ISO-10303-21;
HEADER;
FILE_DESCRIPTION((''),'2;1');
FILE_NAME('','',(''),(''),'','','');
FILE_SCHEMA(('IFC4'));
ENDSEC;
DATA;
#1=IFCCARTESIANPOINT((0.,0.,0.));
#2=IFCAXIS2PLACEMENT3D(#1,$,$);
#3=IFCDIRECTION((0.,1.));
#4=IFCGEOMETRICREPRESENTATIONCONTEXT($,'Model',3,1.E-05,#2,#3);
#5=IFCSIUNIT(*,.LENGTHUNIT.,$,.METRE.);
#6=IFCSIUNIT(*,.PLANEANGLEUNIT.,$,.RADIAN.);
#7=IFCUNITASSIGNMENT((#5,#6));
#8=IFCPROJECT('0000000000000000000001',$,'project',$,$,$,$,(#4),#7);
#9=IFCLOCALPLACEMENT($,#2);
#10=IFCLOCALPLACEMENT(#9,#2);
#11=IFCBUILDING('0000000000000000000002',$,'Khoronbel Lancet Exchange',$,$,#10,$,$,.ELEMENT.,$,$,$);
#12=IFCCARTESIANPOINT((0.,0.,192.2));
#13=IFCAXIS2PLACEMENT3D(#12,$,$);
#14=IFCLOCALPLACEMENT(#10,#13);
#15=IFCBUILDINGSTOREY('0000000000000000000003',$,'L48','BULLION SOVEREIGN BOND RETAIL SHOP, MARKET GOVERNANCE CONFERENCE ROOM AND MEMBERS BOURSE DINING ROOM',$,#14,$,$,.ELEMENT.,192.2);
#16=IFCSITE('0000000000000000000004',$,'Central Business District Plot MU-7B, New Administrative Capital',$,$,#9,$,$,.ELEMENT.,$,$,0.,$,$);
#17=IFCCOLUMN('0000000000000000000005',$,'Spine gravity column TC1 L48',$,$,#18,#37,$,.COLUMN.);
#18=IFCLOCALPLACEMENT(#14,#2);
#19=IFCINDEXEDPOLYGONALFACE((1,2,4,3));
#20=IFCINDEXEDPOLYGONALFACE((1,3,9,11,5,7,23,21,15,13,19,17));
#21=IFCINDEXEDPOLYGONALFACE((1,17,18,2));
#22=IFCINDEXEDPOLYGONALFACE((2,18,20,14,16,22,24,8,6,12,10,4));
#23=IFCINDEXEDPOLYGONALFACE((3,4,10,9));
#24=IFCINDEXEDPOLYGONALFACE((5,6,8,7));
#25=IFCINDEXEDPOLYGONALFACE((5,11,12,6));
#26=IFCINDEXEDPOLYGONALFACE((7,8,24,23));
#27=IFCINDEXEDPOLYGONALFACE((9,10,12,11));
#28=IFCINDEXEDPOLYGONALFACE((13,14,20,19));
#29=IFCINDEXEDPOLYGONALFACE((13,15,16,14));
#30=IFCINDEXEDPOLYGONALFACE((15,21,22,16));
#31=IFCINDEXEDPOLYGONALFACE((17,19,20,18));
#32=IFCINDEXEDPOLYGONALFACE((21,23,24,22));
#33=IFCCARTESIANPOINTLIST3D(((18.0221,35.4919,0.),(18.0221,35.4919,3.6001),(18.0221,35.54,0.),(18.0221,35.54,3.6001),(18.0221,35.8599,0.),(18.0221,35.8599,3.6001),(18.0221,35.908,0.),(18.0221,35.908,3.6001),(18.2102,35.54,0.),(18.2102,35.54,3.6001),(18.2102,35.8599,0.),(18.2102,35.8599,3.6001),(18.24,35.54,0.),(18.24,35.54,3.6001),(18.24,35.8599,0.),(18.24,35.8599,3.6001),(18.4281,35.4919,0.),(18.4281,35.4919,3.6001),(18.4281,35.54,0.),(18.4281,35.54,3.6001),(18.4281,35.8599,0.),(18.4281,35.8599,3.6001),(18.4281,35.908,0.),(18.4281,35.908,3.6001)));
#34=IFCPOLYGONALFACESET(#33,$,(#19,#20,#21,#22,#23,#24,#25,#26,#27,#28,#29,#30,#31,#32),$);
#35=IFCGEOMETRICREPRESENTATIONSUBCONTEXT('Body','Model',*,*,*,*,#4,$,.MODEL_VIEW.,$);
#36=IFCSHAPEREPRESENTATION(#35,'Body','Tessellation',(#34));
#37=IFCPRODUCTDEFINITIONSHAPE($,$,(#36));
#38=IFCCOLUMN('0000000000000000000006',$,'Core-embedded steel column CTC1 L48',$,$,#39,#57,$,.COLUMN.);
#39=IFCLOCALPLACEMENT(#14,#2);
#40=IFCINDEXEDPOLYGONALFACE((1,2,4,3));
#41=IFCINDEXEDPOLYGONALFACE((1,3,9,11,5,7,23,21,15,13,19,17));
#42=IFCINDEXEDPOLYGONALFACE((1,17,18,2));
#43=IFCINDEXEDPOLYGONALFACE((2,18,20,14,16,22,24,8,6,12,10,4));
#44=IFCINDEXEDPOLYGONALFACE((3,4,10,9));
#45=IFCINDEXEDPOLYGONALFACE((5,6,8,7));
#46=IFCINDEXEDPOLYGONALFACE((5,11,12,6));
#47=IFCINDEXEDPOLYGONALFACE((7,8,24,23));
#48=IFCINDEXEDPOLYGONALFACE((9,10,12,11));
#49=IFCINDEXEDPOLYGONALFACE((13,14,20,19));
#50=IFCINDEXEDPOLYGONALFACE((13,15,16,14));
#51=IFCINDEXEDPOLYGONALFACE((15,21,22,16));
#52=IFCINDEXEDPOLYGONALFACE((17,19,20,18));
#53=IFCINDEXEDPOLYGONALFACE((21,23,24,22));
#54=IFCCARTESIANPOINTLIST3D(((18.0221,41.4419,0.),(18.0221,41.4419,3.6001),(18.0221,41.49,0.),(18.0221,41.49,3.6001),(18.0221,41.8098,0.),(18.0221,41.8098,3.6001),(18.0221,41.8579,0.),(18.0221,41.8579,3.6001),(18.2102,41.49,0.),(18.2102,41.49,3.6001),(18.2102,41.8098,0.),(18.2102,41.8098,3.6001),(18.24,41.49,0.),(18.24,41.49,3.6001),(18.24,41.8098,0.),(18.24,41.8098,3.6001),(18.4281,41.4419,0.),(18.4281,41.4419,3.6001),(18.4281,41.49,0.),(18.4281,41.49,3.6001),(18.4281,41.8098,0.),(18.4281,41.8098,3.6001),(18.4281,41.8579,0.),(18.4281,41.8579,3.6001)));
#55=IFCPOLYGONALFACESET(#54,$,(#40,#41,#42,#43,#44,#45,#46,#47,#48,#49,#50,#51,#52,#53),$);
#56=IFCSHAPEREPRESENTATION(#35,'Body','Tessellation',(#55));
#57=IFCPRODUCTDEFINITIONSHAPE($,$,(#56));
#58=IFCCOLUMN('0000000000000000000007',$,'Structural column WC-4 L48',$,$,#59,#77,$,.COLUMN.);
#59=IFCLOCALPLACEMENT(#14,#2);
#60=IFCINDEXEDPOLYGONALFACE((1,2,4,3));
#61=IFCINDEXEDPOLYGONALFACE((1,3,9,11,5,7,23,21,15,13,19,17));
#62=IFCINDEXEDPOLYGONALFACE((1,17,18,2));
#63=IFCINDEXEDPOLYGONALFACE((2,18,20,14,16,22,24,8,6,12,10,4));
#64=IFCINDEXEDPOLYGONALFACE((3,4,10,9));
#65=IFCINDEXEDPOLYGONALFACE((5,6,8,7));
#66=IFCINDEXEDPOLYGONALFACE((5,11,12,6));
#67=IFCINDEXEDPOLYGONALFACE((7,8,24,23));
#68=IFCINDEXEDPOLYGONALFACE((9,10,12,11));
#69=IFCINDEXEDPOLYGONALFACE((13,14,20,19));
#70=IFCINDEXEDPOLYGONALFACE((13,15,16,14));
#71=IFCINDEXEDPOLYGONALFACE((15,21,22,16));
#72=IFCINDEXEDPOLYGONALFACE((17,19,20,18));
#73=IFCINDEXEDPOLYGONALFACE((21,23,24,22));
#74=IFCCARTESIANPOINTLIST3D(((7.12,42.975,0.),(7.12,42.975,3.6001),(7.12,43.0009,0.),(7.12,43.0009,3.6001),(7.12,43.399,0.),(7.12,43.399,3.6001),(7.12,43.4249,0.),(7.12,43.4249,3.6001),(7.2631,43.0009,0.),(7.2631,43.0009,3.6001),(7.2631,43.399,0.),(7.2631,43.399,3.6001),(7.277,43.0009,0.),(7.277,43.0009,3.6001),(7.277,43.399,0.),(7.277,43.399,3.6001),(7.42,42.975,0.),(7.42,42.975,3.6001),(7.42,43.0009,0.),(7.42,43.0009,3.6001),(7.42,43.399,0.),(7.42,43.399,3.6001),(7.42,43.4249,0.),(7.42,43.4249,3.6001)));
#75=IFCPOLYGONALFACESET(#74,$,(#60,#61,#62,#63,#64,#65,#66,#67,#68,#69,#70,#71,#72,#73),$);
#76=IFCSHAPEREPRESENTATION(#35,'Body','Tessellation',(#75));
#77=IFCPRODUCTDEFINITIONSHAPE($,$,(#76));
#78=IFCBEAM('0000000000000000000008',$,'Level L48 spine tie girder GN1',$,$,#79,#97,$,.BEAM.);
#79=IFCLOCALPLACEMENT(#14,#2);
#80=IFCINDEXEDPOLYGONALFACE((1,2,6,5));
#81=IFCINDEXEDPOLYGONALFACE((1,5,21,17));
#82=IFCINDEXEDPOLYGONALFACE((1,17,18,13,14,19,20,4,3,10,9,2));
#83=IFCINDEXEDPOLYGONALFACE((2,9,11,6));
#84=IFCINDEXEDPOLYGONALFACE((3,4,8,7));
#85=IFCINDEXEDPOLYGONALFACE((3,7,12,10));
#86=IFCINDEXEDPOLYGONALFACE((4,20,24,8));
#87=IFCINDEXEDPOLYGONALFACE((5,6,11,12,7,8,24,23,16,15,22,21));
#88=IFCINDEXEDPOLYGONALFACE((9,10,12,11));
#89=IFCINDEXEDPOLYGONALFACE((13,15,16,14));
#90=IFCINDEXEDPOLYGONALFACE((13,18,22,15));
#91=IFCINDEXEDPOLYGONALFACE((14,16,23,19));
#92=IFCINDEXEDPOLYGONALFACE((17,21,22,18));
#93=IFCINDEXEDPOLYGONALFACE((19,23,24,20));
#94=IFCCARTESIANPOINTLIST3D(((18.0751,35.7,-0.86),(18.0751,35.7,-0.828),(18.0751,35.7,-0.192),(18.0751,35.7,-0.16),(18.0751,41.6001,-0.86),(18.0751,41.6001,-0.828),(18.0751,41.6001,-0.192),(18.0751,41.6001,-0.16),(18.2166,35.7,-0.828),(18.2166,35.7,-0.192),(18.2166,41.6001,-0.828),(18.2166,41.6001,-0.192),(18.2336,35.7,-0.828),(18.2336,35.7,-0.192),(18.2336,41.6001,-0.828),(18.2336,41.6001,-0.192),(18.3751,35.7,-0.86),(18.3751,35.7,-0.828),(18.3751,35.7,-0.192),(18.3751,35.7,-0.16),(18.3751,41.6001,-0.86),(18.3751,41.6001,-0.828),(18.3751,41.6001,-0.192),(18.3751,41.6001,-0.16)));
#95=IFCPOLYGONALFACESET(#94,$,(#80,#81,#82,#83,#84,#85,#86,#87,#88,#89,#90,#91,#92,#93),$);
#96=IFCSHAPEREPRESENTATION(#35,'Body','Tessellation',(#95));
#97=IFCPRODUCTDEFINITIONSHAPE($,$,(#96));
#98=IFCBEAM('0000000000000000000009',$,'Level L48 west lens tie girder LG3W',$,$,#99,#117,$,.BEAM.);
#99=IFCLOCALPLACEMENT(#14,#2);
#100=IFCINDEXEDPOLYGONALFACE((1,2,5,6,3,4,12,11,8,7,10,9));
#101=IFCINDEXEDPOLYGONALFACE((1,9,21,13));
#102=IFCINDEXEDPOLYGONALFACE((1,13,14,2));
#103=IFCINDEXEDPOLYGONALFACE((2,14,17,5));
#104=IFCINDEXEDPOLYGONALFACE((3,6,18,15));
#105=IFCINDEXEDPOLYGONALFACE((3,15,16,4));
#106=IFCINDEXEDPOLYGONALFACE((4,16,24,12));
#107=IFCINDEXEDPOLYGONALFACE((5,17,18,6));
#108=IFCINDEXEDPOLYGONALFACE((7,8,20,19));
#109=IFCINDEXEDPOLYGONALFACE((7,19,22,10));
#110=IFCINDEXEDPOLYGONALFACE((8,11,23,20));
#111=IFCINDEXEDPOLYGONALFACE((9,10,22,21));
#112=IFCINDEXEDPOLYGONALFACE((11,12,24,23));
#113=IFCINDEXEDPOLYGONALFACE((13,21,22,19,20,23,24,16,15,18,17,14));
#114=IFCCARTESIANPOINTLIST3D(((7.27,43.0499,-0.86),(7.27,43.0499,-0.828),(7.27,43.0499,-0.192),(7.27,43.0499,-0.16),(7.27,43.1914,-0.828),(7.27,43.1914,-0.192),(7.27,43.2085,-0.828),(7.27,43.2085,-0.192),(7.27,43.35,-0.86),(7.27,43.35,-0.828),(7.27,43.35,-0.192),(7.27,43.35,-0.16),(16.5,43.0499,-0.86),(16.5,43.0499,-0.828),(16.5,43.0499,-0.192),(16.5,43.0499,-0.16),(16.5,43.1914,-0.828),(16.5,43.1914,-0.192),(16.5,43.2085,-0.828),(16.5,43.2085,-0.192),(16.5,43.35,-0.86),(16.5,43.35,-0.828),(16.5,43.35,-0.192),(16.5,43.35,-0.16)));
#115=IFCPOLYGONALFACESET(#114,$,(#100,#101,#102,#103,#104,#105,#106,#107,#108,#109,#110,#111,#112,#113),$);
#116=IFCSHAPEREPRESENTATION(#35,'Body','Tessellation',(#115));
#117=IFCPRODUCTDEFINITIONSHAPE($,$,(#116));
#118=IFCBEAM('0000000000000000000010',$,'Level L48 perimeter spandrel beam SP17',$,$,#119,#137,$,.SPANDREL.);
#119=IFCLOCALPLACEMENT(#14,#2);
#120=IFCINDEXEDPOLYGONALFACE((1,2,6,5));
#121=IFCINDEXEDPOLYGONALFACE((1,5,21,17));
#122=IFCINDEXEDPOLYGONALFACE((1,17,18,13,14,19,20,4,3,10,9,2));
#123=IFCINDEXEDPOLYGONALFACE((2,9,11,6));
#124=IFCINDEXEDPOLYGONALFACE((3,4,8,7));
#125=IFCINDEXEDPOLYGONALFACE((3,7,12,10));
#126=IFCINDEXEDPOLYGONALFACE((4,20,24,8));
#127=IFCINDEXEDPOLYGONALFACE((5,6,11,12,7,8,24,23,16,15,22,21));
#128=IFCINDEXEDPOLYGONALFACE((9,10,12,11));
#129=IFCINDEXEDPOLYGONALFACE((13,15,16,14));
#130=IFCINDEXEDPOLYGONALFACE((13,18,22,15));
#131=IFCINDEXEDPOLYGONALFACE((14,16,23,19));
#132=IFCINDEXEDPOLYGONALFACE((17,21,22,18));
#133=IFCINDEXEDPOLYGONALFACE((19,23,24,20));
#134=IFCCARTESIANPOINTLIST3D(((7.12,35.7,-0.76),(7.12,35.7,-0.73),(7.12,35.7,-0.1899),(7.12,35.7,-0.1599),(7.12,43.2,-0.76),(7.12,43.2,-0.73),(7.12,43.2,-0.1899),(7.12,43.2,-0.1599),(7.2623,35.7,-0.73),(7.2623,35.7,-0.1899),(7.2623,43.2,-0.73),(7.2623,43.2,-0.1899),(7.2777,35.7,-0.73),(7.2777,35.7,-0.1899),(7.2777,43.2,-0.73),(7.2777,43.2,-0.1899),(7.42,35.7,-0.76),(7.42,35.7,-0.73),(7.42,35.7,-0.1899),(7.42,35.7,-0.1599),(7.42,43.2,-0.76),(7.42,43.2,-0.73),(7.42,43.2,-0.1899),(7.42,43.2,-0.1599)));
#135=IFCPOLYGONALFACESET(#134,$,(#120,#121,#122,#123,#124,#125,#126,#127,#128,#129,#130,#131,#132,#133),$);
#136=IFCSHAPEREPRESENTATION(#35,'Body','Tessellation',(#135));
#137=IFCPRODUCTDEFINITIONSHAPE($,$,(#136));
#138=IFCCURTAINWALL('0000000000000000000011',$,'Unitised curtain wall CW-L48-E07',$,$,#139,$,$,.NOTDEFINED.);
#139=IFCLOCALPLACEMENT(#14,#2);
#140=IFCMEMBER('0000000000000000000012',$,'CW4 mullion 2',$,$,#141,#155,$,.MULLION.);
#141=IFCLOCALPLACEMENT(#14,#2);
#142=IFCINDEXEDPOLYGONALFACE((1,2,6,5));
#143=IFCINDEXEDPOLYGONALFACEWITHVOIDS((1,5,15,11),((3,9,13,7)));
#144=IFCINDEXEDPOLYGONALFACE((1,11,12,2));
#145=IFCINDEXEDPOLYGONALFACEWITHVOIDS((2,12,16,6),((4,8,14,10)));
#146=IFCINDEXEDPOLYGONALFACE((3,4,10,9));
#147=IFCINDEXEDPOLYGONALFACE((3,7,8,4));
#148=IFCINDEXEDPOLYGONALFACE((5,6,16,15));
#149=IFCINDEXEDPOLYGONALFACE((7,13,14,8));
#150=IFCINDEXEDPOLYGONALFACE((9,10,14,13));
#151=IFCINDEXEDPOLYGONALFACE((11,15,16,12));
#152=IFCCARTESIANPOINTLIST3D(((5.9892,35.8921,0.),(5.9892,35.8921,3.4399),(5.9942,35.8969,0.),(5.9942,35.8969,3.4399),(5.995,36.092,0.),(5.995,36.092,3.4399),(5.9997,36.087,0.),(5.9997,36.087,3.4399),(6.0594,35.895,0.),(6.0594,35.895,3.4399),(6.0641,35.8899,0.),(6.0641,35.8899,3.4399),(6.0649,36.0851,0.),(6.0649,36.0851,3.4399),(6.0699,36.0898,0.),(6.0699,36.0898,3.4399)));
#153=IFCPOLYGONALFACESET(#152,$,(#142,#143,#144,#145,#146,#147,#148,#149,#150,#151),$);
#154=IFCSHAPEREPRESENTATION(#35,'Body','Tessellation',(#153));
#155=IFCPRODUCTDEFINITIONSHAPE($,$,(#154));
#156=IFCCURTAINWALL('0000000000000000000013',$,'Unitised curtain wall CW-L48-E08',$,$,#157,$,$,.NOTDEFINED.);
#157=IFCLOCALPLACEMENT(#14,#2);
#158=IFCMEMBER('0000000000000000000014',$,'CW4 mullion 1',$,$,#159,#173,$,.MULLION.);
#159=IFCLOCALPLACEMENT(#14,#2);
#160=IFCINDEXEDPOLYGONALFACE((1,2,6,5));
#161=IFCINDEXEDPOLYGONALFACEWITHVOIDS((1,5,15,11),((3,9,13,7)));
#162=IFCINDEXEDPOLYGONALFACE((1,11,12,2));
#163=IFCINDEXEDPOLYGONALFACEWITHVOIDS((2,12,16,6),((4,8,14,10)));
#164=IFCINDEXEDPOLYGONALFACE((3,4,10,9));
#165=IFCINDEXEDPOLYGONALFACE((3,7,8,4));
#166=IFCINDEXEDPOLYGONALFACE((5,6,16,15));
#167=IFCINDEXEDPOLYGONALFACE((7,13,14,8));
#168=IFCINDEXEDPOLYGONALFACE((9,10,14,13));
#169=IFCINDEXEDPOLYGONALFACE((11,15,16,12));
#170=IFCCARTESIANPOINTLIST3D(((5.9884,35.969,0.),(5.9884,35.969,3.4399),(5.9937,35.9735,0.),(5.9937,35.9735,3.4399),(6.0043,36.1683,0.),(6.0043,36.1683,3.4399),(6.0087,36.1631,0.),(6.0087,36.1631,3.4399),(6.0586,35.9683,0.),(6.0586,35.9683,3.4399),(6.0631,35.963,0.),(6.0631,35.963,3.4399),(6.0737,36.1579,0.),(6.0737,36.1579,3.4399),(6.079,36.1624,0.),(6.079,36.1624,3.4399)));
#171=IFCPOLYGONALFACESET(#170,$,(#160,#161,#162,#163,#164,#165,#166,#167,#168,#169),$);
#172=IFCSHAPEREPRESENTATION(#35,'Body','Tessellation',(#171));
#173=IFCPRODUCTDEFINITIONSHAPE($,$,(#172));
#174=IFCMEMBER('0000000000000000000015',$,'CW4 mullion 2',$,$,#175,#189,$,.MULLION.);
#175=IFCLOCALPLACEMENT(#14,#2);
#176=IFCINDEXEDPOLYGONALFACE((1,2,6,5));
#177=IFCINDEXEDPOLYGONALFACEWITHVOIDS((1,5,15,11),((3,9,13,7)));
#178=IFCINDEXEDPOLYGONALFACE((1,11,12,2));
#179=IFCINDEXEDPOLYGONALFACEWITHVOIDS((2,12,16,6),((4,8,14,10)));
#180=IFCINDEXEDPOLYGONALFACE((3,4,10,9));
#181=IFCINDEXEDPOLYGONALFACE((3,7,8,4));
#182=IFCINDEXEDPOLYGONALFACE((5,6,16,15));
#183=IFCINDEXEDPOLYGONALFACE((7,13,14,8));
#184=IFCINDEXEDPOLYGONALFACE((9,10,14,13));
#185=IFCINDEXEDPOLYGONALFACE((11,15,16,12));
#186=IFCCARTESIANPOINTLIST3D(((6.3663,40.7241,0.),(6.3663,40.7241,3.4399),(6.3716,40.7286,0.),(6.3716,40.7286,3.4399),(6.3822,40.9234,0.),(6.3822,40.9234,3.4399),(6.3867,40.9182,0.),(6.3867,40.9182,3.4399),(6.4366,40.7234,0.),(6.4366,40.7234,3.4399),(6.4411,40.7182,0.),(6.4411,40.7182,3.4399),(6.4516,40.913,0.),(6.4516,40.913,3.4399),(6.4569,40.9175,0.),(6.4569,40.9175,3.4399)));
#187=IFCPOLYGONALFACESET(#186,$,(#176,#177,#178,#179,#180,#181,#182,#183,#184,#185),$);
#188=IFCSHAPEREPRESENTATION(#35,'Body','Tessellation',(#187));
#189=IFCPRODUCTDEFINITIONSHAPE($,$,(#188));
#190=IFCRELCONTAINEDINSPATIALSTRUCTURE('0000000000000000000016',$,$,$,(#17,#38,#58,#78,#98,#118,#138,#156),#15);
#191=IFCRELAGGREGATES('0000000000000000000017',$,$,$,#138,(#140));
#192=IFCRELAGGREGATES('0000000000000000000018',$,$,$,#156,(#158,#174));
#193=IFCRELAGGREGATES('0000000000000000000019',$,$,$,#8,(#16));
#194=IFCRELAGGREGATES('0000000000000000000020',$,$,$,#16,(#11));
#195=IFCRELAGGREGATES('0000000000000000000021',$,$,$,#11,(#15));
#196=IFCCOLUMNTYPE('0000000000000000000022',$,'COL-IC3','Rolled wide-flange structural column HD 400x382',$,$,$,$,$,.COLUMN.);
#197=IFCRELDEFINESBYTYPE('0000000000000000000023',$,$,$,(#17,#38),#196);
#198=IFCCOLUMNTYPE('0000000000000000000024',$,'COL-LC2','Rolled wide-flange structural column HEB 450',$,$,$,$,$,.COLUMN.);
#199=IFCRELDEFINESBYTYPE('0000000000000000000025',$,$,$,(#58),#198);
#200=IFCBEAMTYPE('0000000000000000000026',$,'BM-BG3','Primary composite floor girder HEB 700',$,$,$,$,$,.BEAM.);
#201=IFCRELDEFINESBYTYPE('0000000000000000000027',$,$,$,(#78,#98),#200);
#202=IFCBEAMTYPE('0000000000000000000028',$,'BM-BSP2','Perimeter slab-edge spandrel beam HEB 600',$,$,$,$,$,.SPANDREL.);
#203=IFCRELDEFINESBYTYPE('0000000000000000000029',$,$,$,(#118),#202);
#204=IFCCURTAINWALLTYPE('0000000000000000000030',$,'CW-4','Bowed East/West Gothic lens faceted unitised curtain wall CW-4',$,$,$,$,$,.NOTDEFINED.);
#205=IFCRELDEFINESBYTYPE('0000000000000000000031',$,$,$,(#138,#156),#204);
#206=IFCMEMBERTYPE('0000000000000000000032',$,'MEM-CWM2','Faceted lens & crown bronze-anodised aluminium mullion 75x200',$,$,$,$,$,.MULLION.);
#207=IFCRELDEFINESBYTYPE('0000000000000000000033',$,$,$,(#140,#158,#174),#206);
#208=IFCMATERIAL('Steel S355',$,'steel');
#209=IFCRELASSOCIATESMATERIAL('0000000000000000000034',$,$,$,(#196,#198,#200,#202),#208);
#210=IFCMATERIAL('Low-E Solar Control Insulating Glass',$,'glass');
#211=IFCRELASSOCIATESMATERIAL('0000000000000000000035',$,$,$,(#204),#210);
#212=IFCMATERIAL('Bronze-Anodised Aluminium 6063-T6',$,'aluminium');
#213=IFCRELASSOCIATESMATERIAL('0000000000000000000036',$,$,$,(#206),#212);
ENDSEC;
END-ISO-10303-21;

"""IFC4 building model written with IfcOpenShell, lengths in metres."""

from ifc_helpers import new_model, si_unit, direction, frame, origin, origin_2d, place, context, subcontext, project, spatial, hollow_rectangle, i_section, extrude, material, material_profile, profile_set, type_object, element, aggregate, save


model = new_model("IFC4")

# Units and contexts
model_context = context("Model", 3, precision=1e-05, world=origin(), true_north=direction((0.0, 1.0)))
body_context = subcontext(model_context, "Body", "Model", "MODEL_VIEW")
ifc_project = project(units=[si_unit("LENGTHUNIT", "METRE"), si_unit("PLANEANGLEUNIT", "RADIAN")], contexts=[model_context])

# Site, building, storey
site_placement = place(None, origin())
site = spatial("IfcSite", under=ifc_project, at=site_placement, Name="Central Business District Plot MU-7B, New Administrative Capital", CompositionType="ELEMENT", RefElevation=0.0)
building_placement = place(site_placement, origin())
building = spatial("IfcBuilding", under=site, at=building_placement, Name="Khoronbel Lancet Exchange", CompositionType="ELEMENT")
storey_placement = place(building_placement, frame((0.0, 0.0, 192.2)))
storey = spatial("IfcBuildingStorey", under=building, at=storey_placement, Name="L48", Description="BULLION SOVEREIGN BOND RETAIL SHOP, MARKET GOVERNANCE CONFERENCE ROOM AND MEMBERS BOURSE DINING ROOM", CompositionType="ELEMENT", Elevation=192.2)

# Columns
ifc_material_1 = material(Name="Steel S355", Category="steel")
ifc_material_profile_1 = material_profile(ifc_material_1, i_section(OverallWidth=0.406, OverallDepth=0.416, WebThickness=0.0298, FlangeThickness=0.0481, at=origin_2d()), Name="HD 400x382")
ifc_profile_set_1 = profile_set([ifc_material_profile_1], Name="Steel S355")
column_type_1 = type_object("IfcColumnType", Name="COL-IC3", Description="Rolled wide-flange structural column HD 400x382", PredefinedType="COLUMN", material=ifc_profile_set_1)
for number, where, z_axis, x_axis, name in (
    (1, (18.2251, 35.7, 0.0), (0.0, 0.0, 1.0), (1.0, 0.0, 0.0), "Spine gravity column TC1 L48"),
    (2, (18.2251, 41.6499, 0.0), (0.0, 0.0, 1.0), (1.0, 0.0, 0.0), "Core-embedded steel column CTC1 L48"),
):
    element("IfcColumn", number, at=place(storey_placement, frame(where, z_axis=z_axis, x_axis=x_axis)), inside=storey, type_object=column_type_1, Name=name, PredefinedType="COLUMN", context=body_context, shape_type="SweptSolid", body=[
        extrude(i_section(OverallWidth=0.406, OverallDepth=0.416, WebThickness=0.0298, FlangeThickness=0.0481, at=origin_2d()), origin(), (0.0, 0.0, 1.0), 3.6001),
    ])
ifc_material_profile_2 = material_profile(ifc_material_1, i_section(OverallWidth=0.3, OverallDepth=0.45, WebThickness=0.0139, FlangeThickness=0.0259, at=origin_2d()), Name="HEB 450")
ifc_profile_set_2 = profile_set([ifc_material_profile_2], Name="Steel S355")
column_type_2 = type_object("IfcColumnType", Name="COL-LC2", Description="Rolled wide-flange structural column HEB 450", PredefinedType="COLUMN", material=ifc_profile_set_2)
column_placement = place(storey_placement, frame((7.27, 43.2, 0.0), z_axis=(0.0, 0.0, 1.0), x_axis=(1.0, 0.0, 0.0)))
element("IfcColumn", 3, at=column_placement, inside=storey, type_object=column_type_2, Name="Structural column WC-4 L48", PredefinedType="COLUMN", context=body_context, shape_type="SweptSolid", body=[
    extrude(i_section(OverallWidth=0.3, OverallDepth=0.45, WebThickness=0.0139, FlangeThickness=0.0259, at=origin_2d()), origin(), (0.0, 0.0, 1.0), 3.6001),
])

# Beams
ifc_material_profile_3 = material_profile(ifc_material_1, i_section(OverallWidth=0.3, OverallDepth=0.7, WebThickness=0.0171, FlangeThickness=0.032, at=origin_2d()), Name="HEB 700")
ifc_profile_set_3 = profile_set([ifc_material_profile_3], Name="Steel S355")
beam_type_1 = type_object("IfcBeamType", Name="BM-BG3", Description="Primary composite floor girder HEB 700", PredefinedType="BEAM", material=ifc_profile_set_3)
beam_1_placement = place(storey_placement, frame((18.2251, 35.7, -0.51), z_axis=(0.0, 1.0, 0.0), x_axis=(-1.0, 0.0, 0.0)))
element("IfcBeam", 4, at=beam_1_placement, inside=storey, type_object=beam_type_1, Name="Level L48 spine tie girder GN1", PredefinedType="BEAM", context=body_context, shape_type="SweptSolid", body=[
    extrude(i_section(OverallWidth=0.3, OverallDepth=0.7, WebThickness=0.0171, FlangeThickness=0.032, at=origin_2d()), origin(), (0.0, 0.0, 1.0), 5.9001),
])
beam_2_placement = place(storey_placement, frame((7.27, 43.2, -0.51), z_axis=(1.0, 0.0, 0.0), x_axis=(0.0, 1.0, 0.0)))
element("IfcBeam", 5, at=beam_2_placement, inside=storey, type_object=beam_type_1, Name="Level L48 west lens tie girder LG3W", PredefinedType="BEAM", context=body_context, shape_type="SweptSolid", body=[
    extrude(i_section(OverallWidth=0.3, OverallDepth=0.7, WebThickness=0.0171, FlangeThickness=0.032, at=origin_2d()), origin(), (0.0, 0.0, 1.0), 9.23),
])
ifc_material_profile_4 = material_profile(ifc_material_1, i_section(OverallWidth=0.3, OverallDepth=0.6001, WebThickness=0.0154, FlangeThickness=0.03, at=origin_2d()), Name="HEB 600")
ifc_profile_set_4 = profile_set([ifc_material_profile_4], Name="Steel S355")
beam_type_2 = type_object("IfcBeamType", Name="BM-BSP2", Description="Perimeter slab-edge spandrel beam HEB 600", PredefinedType="SPANDREL", material=ifc_profile_set_4)
beam_3_placement = place(storey_placement, frame((7.27, 43.2, -0.46), z_axis=(0.0, -1.0, 0.0), x_axis=(1.0, 0.0, 0.0)))
element("IfcBeam", 6, at=beam_3_placement, inside=storey, type_object=beam_type_2, Name="Level L48 perimeter spandrel beam SP17", PredefinedType="SPANDREL", context=body_context, shape_type="SweptSolid", body=[
    extrude(i_section(OverallWidth=0.3, OverallDepth=0.6001, WebThickness=0.0154, FlangeThickness=0.03, at=origin_2d()), origin(), (0.0, 0.0, 1.0), 7.5),
])

# Curtain wall, member
ifc_material_2 = material(Name="Low-E Solar Control Insulating Glass", Category="glass")
curtain_wall_type = type_object("IfcCurtainWallType", Name="CW-4", Description="Bowed East/West Gothic lens faceted unitised curtain wall CW-4", PredefinedType="NOTDEFINED", material=ifc_material_2)
curtain_wall_1_placement = place(storey_placement, origin())
curtain_wall_1 = element("IfcCurtainWall", 7, at=curtain_wall_1_placement, inside=storey, type_object=curtain_wall_type, Name="Unitised curtain wall CW-L48-E07", PredefinedType="NOTDEFINED")
ifc_material_3 = material(Name="Bronze-Anodised Aluminium 6063-T6", Category="aluminium")
ifc_material_profile_5 = material_profile(ifc_material_3, hollow_rectangle(XDim=0.075, YDim=0.2, WallThickness=0.0049, at=origin_2d()), Name="ALU MULLION 75x200")
ifc_profile_set_5 = profile_set([ifc_material_profile_5], Name="Bronze-Anodised Aluminium 6063-T6")
member_type_1 = type_object("IfcMemberType", Name="MEM-CWM2", Description="Faceted lens & crown bronze-anodised aluminium mullion 75x200", PredefinedType="MULLION", material=ifc_profile_set_5)
member_1_placement = place(storey_placement, frame((6.0295, 35.991, 0.0), z_axis=(0.0, 0.0, 1.0), x_axis=(-0.999576, 0.029107, 0.0)))
member_1 = element("IfcMember", 8, at=member_1_placement, type_object=member_type_1, Name="CW4 mullion 2", PredefinedType="MULLION", context=body_context, shape_type="SweptSolid", body=[
    extrude(hollow_rectangle(XDim=0.075, YDim=0.2, WallThickness=0.0049, at=origin_2d()), origin(), (0.0, 0.0, 1.0), 3.4399),
])
aggregate(curtain_wall_1, [member_1])

# Curtain wall, members
curtain_wall_2_placement = place(storey_placement, origin())
curtain_wall_2 = element("IfcCurtainWall", 9, at=curtain_wall_2_placement, inside=storey, type_object=curtain_wall_type, Name="Unitised curtain wall CW-L48-E08", PredefinedType="NOTDEFINED")
member_2_placement = place(storey_placement, frame((6.0337, 36.0657, 0.0), z_axis=(0.0, 0.0, 1.0), x_axis=(-0.996854, 0.079255, 0.0)))
member_2 = element("IfcMember", 10, at=member_2_placement, type_object=member_type_1, Name="CW4 mullion 1", PredefinedType="MULLION", context=body_context, shape_type="SweptSolid", body=[
    extrude(hollow_rectangle(XDim=0.075, YDim=0.2, WallThickness=0.0049, at=origin_2d()), origin(), (0.0, 0.0, 1.0), 3.4399),
])
member_3_placement = place(storey_placement, frame((6.4116, 40.8208, 0.0), z_axis=(0.0, 0.0, 1.0), x_axis=(-0.996854, 0.079255, 0.0)))
member_3 = element("IfcMember", 11, at=member_3_placement, type_object=member_type_1, Name="CW4 mullion 2", PredefinedType="MULLION", context=body_context, shape_type="SweptSolid", body=[
    extrude(hollow_rectangle(XDim=0.075, YDim=0.2, WallThickness=0.0049, at=origin_2d()), origin(), (0.0, 0.0, 1.0), 3.4399),
])

aggregate(curtain_wall_2, [member_2, member_3])

save(model, "model.ifc")
